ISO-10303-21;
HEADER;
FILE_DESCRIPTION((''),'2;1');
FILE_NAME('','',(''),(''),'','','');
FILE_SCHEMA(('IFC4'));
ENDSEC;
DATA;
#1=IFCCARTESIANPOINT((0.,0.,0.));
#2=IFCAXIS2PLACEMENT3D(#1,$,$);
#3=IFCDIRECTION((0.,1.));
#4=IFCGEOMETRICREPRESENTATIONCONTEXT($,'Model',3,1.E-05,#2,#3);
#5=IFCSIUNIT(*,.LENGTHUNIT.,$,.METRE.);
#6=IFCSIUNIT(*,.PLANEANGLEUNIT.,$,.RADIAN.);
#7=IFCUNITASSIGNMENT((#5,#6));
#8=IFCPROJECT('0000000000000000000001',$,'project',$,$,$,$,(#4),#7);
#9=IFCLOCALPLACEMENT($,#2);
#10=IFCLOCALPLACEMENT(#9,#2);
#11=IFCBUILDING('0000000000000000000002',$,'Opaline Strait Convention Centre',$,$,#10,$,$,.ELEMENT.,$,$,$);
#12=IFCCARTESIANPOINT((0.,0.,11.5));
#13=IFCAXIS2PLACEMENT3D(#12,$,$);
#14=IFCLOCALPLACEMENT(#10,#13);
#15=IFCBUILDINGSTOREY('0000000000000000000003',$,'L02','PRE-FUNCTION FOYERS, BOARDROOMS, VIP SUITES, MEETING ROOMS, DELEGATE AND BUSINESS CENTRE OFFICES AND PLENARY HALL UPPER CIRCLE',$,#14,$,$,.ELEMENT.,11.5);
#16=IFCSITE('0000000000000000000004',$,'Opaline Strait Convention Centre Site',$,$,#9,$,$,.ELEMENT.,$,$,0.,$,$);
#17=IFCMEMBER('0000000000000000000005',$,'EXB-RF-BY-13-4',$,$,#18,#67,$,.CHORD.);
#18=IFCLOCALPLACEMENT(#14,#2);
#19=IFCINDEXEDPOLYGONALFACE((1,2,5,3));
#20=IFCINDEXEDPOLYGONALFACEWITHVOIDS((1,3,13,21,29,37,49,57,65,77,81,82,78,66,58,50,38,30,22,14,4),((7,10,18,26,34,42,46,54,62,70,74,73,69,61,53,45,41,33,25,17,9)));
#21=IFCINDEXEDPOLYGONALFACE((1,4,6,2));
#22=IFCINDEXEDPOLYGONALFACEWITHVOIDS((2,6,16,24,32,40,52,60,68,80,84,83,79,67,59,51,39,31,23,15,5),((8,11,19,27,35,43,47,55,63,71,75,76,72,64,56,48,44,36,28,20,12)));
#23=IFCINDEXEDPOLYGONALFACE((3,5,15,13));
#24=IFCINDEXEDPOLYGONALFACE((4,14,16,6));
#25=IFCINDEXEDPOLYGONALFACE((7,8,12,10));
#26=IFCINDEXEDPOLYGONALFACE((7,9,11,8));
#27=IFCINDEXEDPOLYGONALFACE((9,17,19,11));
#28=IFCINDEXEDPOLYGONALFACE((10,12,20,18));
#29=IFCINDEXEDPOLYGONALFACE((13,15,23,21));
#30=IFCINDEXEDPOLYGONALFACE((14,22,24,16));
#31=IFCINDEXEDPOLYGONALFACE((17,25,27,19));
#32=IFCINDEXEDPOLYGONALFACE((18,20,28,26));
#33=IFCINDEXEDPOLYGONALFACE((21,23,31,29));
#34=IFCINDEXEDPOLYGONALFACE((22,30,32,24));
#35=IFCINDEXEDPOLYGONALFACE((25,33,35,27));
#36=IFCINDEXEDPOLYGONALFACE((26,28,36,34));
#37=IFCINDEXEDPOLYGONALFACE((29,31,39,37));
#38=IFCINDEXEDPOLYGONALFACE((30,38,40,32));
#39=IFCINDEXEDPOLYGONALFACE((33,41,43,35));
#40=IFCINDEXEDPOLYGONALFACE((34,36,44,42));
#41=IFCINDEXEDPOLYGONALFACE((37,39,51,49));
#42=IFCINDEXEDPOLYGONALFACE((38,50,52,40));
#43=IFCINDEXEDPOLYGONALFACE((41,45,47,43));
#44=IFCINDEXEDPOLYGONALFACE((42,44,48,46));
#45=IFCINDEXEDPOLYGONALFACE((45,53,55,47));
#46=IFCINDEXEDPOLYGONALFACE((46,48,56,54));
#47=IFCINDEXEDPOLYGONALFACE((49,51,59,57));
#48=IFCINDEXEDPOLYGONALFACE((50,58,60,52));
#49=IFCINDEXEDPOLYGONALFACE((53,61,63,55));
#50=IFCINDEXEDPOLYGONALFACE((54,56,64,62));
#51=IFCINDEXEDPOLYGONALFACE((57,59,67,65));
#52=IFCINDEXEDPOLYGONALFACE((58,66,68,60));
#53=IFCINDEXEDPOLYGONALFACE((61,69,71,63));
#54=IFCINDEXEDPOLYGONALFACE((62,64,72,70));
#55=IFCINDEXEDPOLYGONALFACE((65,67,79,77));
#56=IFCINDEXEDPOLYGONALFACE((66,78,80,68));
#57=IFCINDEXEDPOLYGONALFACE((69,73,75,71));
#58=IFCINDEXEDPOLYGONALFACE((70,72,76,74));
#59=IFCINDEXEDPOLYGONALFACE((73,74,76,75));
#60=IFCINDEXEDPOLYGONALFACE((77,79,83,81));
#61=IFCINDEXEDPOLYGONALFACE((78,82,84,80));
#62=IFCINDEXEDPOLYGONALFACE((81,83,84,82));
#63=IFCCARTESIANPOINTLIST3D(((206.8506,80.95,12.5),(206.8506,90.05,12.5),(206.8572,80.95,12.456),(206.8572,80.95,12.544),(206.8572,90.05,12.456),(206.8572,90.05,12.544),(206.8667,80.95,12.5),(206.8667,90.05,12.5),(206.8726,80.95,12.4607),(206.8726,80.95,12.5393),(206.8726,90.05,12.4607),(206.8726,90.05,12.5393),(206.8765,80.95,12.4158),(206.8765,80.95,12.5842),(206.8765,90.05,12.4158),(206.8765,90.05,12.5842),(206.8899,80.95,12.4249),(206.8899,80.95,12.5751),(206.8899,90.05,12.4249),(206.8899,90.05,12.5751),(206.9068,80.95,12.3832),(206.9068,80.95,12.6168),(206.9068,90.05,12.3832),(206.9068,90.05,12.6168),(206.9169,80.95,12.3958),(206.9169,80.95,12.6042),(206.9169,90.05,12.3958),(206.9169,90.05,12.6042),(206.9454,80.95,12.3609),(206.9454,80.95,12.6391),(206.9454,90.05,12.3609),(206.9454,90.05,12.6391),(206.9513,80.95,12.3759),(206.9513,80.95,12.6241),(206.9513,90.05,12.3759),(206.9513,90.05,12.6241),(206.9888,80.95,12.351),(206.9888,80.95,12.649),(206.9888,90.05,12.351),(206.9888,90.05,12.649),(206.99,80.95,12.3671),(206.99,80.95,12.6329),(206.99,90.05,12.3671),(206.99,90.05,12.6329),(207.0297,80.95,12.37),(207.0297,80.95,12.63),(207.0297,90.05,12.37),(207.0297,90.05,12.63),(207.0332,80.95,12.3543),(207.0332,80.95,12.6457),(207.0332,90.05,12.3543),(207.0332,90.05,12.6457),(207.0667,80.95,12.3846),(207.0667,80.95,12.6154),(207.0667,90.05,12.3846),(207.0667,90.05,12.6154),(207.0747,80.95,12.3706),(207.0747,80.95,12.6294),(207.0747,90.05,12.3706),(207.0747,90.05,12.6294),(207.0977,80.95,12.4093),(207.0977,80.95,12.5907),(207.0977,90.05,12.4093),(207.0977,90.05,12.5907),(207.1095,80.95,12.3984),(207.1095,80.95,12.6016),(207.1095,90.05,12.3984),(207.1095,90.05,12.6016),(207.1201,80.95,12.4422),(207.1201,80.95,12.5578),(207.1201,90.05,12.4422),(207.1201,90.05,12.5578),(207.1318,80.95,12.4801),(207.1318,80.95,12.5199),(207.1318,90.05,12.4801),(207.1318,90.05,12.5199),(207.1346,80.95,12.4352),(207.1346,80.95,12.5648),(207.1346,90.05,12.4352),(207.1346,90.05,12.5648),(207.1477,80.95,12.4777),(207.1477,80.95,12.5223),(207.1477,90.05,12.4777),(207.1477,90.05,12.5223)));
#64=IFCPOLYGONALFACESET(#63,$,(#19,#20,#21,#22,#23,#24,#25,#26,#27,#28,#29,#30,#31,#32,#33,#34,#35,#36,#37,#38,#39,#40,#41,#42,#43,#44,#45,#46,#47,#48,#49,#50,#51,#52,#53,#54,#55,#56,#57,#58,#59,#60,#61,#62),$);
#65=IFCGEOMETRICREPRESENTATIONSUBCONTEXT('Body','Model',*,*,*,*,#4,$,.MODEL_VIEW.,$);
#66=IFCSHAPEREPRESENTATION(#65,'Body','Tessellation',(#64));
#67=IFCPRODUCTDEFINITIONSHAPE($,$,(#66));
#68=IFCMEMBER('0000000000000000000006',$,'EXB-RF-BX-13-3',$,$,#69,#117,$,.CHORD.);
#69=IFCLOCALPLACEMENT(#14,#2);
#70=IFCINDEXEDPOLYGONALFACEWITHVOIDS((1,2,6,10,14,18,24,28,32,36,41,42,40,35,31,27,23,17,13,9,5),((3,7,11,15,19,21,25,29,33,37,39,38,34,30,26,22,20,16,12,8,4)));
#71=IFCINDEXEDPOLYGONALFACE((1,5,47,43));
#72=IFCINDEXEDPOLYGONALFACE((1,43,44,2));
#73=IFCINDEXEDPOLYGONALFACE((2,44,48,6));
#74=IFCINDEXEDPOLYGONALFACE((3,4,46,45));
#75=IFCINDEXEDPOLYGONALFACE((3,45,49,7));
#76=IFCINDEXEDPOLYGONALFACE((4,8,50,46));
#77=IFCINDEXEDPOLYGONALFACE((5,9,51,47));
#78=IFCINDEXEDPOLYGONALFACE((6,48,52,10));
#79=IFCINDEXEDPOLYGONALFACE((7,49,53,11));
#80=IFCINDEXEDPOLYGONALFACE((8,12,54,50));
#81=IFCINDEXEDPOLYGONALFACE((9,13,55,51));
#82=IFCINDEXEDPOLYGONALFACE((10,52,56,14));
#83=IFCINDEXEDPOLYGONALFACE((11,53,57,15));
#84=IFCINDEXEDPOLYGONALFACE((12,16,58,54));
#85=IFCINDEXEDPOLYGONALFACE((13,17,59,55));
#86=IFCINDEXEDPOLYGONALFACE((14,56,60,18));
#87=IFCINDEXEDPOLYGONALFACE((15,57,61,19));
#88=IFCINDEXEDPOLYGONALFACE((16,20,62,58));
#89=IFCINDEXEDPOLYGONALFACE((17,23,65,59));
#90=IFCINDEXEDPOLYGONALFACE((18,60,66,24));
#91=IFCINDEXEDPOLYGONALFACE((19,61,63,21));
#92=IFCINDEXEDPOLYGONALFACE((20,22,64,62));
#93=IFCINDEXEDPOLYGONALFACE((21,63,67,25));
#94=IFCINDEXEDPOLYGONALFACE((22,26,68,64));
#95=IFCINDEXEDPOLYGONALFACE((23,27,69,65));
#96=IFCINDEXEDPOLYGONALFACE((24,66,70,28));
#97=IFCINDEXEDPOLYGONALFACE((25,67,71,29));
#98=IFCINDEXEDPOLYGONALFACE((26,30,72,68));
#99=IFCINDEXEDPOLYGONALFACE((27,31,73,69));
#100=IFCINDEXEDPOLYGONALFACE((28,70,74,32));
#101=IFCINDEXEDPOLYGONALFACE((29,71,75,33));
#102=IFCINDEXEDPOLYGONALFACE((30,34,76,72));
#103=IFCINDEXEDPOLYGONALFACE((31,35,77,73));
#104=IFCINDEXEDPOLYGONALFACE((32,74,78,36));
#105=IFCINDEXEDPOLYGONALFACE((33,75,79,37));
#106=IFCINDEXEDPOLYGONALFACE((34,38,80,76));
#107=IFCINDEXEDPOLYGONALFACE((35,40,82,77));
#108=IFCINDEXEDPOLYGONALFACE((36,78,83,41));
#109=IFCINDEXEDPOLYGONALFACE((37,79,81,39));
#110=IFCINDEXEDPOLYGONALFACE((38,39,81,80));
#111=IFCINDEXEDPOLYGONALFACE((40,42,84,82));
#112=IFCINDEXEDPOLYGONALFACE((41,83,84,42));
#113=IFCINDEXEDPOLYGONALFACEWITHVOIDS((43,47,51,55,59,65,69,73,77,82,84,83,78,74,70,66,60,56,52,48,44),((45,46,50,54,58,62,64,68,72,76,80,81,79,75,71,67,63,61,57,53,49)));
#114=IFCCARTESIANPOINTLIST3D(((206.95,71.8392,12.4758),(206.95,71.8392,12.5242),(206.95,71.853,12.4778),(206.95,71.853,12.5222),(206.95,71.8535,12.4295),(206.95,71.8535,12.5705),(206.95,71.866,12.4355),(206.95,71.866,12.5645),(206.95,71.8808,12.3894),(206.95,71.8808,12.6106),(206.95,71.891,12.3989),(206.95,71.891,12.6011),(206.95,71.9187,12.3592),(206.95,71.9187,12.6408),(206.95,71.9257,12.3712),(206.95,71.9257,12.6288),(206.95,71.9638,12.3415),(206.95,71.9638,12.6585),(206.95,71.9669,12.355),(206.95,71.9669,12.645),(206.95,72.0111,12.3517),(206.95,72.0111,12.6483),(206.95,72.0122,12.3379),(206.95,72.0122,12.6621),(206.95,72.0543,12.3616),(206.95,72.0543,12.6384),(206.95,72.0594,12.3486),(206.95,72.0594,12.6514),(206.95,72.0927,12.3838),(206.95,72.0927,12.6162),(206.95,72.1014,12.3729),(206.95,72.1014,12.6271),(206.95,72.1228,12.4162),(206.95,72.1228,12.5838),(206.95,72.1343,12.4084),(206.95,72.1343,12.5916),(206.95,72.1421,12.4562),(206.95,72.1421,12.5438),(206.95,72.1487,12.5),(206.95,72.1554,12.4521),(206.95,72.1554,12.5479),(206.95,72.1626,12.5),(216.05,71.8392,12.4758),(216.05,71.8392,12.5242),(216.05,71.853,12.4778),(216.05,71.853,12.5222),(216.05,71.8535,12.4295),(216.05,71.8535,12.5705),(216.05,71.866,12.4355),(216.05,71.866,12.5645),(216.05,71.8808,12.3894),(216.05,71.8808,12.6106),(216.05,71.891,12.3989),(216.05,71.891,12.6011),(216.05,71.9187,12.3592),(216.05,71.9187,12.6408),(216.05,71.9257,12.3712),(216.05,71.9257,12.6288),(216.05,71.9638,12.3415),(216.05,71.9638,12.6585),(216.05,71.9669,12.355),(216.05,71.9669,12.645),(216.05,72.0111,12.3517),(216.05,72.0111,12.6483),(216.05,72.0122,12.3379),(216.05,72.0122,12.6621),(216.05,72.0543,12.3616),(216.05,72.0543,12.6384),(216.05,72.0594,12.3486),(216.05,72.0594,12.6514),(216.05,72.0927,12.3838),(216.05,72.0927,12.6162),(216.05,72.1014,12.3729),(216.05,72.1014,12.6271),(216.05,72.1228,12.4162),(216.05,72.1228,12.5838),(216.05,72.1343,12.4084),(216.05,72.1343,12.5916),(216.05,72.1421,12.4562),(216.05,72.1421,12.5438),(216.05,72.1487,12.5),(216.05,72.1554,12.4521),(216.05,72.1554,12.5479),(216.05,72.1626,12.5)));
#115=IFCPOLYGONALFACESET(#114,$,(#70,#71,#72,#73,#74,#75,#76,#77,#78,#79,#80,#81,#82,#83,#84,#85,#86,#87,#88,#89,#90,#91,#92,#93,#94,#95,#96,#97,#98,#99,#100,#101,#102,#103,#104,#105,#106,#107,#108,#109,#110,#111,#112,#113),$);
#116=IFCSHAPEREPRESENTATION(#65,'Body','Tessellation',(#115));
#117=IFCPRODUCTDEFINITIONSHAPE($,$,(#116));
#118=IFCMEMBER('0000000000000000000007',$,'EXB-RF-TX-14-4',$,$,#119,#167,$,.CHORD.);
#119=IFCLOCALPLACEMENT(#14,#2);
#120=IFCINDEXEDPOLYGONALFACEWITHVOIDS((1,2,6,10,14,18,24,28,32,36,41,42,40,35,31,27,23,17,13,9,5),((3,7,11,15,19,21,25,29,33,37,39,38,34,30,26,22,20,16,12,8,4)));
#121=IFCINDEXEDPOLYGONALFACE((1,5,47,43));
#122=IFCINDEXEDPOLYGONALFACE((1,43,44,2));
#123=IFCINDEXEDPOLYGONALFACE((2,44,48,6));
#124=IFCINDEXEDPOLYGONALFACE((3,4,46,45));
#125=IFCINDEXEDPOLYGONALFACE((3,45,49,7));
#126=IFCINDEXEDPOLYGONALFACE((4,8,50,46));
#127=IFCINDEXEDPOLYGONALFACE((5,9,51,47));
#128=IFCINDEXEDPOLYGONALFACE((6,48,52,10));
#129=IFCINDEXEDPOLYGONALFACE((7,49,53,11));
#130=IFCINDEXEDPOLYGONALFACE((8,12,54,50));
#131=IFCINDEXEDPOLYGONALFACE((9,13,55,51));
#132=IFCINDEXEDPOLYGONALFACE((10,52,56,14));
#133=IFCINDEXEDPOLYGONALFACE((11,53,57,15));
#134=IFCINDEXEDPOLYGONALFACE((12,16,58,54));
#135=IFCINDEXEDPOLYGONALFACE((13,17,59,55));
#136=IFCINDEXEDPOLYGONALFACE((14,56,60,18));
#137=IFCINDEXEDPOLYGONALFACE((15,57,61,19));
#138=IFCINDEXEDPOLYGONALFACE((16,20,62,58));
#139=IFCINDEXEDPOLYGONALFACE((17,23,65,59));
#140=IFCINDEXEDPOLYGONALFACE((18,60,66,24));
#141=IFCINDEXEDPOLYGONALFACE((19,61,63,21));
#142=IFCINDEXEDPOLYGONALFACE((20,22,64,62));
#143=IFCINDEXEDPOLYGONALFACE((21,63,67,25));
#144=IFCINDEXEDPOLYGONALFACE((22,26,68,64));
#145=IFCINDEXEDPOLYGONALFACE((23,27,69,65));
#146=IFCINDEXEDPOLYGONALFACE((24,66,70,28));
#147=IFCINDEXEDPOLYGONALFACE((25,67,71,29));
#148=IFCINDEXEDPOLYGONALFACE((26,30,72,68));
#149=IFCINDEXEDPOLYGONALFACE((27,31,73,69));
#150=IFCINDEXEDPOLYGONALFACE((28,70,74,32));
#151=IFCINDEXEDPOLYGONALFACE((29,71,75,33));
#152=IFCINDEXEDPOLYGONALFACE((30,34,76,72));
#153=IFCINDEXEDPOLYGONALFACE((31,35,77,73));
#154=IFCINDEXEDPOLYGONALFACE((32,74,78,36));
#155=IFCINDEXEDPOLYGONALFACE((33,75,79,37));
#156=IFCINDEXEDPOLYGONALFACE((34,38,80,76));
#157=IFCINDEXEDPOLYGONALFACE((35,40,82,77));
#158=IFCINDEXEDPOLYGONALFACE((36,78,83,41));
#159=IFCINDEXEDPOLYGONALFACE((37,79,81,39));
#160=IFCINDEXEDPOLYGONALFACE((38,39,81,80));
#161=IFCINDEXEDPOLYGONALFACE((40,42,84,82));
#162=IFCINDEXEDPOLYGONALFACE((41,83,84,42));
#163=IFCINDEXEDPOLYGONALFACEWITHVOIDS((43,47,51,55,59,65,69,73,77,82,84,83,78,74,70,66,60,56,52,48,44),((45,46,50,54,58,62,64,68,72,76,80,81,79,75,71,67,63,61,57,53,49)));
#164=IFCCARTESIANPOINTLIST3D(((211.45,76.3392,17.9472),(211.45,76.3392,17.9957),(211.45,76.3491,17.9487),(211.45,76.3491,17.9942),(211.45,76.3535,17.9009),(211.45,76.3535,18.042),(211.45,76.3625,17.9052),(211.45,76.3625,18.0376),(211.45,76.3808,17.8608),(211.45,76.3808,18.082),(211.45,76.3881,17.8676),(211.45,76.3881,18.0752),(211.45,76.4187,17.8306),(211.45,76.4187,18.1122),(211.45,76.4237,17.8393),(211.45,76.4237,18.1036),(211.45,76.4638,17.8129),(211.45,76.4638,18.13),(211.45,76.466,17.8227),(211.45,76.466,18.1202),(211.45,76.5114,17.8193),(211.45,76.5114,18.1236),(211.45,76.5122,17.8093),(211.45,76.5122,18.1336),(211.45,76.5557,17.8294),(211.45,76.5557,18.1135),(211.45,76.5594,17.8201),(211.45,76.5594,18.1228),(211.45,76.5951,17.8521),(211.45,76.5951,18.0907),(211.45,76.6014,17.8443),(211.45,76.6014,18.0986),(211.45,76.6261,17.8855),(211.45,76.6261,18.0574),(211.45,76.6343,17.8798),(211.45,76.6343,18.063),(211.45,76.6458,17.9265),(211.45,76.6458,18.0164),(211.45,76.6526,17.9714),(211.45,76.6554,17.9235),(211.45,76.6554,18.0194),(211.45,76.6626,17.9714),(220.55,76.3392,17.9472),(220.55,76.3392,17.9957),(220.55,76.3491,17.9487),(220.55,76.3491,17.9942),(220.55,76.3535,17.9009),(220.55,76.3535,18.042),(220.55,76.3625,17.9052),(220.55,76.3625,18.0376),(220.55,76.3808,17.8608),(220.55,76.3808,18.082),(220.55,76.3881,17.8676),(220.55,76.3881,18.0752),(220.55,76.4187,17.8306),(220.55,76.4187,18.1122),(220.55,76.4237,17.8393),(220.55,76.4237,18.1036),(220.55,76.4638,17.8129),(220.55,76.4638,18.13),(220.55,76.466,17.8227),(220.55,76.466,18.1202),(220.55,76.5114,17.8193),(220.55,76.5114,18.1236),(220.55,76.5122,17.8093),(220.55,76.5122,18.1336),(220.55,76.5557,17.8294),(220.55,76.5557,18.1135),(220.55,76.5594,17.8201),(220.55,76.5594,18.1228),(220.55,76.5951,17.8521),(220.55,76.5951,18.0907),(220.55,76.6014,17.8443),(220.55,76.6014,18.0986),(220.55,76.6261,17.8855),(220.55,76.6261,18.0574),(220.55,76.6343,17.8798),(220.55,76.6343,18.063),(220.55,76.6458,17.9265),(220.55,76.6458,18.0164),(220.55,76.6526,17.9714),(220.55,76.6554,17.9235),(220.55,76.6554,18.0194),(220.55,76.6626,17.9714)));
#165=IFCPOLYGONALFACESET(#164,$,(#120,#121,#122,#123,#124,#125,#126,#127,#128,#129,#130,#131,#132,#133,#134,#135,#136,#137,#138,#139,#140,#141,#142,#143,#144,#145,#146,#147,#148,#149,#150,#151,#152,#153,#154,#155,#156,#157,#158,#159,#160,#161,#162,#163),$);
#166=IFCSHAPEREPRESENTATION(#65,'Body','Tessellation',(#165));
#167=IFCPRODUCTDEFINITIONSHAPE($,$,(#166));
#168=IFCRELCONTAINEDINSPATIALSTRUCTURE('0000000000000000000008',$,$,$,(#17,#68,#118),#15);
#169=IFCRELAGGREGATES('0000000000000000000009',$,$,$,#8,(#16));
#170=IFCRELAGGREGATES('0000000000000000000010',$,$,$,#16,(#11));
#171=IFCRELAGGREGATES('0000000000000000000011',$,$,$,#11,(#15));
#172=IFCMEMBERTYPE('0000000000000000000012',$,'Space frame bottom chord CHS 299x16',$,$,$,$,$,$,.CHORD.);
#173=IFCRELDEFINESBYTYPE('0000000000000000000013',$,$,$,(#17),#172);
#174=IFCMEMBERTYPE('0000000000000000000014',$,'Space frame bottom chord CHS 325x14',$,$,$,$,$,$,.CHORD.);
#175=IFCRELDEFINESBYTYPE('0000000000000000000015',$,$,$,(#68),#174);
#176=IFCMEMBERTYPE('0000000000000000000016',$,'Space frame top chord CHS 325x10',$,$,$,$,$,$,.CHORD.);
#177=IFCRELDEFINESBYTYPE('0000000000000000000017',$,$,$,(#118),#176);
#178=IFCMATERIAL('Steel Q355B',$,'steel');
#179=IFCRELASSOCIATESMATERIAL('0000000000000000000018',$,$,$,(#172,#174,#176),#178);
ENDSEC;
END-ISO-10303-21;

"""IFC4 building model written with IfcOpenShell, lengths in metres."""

from ifc_helpers import new_model, si_unit, direction, frame, origin, origin_2d, place, context, subcontext, project, spatial, hollow_circle, extrude, material, material_profile, profile_set, type_object, element, save


model = new_model("IFC4")

# Units and contexts
model_context = context("Model", 3, precision=1e-05, world=origin(), true_north=direction((0.0, 1.0)))
body_context = subcontext(model_context, "Body", "Model", "MODEL_VIEW")
ifc_project = project(units=[si_unit("LENGTHUNIT", "METRE"), si_unit("PLANEANGLEUNIT", "RADIAN")], contexts=[model_context])

# Site, building, storey
site_placement = place(None, origin())
site = spatial("IfcSite", under=ifc_project, at=site_placement, Name="Opaline Strait Convention Centre Site", CompositionType="ELEMENT", RefElevation=0.0)
building_placement = place(site_placement, origin())
building = spatial("IfcBuilding", under=site, at=building_placement, Name="Opaline Strait Convention Centre", CompositionType="ELEMENT")
storey_placement = place(building_placement, frame((0.0, 0.0, 11.5)))
storey = spatial("IfcBuildingStorey", under=building, at=storey_placement, Name="L02", Description="PRE-FUNCTION FOYERS, BOARDROOMS, VIP SUITES, MEETING ROOMS, DELEGATE AND BUSINESS CENTRE OFFICES AND PLENARY HALL UPPER CIRCLE", CompositionType="ELEMENT", Elevation=11.5)

# Members
ifc_material_1 = material(Name="Steel Q355B", Category="steel")
ifc_material_profile_1 = material_profile(ifc_material_1, hollow_circle(Radius=0.1494, WallThickness=0.0161, at=origin_2d()), Name="CHS 299x16")
ifc_profile_set_1 = profile_set([ifc_material_profile_1], Name="Steel Q355B")
member_type_1 = type_object("IfcMemberType", Name="Space frame bottom chord CHS 299x16", PredefinedType="CHORD", material=ifc_profile_set_1)
for number, where, z_axis, x_axis, name in (
    (1, (207.0, 80.95, 12.5), (0.0, 1.0, 0.0), (-1.0, 0.0, 0.0), "EXB-RF-BY-13-4"),
):
    element("IfcMember", number, at=place(storey_placement, frame(where, z_axis=z_axis, x_axis=x_axis)), inside=storey, type_object=member_type_1, Name=name, PredefinedType="CHORD", context=body_context, shape_type="SweptSolid", body=[
        extrude(hollow_circle(Radius=0.1494, WallThickness=0.0161, at=origin_2d()), origin(), (0.0, 0.0, 1.0), 9.1001),
    ])
ifc_material_profile_2 = material_profile(ifc_material_1, hollow_circle(Radius=0.1626, WallThickness=0.0139, at=origin_2d()), Name="CHS 325x14")
ifc_profile_set_2 = profile_set([ifc_material_profile_2], Name="Steel Q355B")
member_type_2 = type_object("IfcMemberType", Name="Space frame bottom chord CHS 325x14", PredefinedType="CHORD", material=ifc_profile_set_2)
member_placement = place(storey_placement, frame((206.95, 72.0, 12.5), z_axis=(1.0, 0.0, 0.0), x_axis=(0.0, 1.0, 0.0)))
element("IfcMember", 2, at=member_placement, inside=storey, type_object=member_type_2, Name="EXB-RF-BX-13-3", PredefinedType="CHORD", context=body_context, shape_type="SweptSolid", body=[
    extrude(hollow_circle(Radius=0.1626, WallThickness=0.0139, at=origin_2d()), origin(), (0.0, 0.0, 1.0), 9.1001),
])
ifc_material_profile_3 = material_profile(ifc_material_1, hollow_circle(Radius=0.1626, WallThickness=0.01, at=origin_2d()), Name="CHS 325x10")
ifc_profile_set_3 = profile_set([ifc_material_profile_3], Name="Steel Q355B")
member_type_3 = type_object("IfcMemberType", Name="Space frame top chord CHS 325x10", PredefinedType="CHORD", material=ifc_profile_set_3)
for number, where, z_axis, x_axis, name in (
    (3, (211.45, 76.5, 17.9714), (1.0, 0.0, 0.0), (0.0, 1.0, 0.0), "EXB-RF-TX-14-4"),
):
    element("IfcMember", number, at=place(storey_placement, frame(where, z_axis=z_axis, x_axis=x_axis)), inside=storey, type_object=member_type_3, Name=name, PredefinedType="CHORD", context=body_context, shape_type="SweptSolid", body=[
        extrude(hollow_circle(Radius=0.1626, WallThickness=0.01, at=origin_2d()), origin(), (0.0, 0.0, 1.0), 9.1001),
    ])

save(model, "model.ifc")
